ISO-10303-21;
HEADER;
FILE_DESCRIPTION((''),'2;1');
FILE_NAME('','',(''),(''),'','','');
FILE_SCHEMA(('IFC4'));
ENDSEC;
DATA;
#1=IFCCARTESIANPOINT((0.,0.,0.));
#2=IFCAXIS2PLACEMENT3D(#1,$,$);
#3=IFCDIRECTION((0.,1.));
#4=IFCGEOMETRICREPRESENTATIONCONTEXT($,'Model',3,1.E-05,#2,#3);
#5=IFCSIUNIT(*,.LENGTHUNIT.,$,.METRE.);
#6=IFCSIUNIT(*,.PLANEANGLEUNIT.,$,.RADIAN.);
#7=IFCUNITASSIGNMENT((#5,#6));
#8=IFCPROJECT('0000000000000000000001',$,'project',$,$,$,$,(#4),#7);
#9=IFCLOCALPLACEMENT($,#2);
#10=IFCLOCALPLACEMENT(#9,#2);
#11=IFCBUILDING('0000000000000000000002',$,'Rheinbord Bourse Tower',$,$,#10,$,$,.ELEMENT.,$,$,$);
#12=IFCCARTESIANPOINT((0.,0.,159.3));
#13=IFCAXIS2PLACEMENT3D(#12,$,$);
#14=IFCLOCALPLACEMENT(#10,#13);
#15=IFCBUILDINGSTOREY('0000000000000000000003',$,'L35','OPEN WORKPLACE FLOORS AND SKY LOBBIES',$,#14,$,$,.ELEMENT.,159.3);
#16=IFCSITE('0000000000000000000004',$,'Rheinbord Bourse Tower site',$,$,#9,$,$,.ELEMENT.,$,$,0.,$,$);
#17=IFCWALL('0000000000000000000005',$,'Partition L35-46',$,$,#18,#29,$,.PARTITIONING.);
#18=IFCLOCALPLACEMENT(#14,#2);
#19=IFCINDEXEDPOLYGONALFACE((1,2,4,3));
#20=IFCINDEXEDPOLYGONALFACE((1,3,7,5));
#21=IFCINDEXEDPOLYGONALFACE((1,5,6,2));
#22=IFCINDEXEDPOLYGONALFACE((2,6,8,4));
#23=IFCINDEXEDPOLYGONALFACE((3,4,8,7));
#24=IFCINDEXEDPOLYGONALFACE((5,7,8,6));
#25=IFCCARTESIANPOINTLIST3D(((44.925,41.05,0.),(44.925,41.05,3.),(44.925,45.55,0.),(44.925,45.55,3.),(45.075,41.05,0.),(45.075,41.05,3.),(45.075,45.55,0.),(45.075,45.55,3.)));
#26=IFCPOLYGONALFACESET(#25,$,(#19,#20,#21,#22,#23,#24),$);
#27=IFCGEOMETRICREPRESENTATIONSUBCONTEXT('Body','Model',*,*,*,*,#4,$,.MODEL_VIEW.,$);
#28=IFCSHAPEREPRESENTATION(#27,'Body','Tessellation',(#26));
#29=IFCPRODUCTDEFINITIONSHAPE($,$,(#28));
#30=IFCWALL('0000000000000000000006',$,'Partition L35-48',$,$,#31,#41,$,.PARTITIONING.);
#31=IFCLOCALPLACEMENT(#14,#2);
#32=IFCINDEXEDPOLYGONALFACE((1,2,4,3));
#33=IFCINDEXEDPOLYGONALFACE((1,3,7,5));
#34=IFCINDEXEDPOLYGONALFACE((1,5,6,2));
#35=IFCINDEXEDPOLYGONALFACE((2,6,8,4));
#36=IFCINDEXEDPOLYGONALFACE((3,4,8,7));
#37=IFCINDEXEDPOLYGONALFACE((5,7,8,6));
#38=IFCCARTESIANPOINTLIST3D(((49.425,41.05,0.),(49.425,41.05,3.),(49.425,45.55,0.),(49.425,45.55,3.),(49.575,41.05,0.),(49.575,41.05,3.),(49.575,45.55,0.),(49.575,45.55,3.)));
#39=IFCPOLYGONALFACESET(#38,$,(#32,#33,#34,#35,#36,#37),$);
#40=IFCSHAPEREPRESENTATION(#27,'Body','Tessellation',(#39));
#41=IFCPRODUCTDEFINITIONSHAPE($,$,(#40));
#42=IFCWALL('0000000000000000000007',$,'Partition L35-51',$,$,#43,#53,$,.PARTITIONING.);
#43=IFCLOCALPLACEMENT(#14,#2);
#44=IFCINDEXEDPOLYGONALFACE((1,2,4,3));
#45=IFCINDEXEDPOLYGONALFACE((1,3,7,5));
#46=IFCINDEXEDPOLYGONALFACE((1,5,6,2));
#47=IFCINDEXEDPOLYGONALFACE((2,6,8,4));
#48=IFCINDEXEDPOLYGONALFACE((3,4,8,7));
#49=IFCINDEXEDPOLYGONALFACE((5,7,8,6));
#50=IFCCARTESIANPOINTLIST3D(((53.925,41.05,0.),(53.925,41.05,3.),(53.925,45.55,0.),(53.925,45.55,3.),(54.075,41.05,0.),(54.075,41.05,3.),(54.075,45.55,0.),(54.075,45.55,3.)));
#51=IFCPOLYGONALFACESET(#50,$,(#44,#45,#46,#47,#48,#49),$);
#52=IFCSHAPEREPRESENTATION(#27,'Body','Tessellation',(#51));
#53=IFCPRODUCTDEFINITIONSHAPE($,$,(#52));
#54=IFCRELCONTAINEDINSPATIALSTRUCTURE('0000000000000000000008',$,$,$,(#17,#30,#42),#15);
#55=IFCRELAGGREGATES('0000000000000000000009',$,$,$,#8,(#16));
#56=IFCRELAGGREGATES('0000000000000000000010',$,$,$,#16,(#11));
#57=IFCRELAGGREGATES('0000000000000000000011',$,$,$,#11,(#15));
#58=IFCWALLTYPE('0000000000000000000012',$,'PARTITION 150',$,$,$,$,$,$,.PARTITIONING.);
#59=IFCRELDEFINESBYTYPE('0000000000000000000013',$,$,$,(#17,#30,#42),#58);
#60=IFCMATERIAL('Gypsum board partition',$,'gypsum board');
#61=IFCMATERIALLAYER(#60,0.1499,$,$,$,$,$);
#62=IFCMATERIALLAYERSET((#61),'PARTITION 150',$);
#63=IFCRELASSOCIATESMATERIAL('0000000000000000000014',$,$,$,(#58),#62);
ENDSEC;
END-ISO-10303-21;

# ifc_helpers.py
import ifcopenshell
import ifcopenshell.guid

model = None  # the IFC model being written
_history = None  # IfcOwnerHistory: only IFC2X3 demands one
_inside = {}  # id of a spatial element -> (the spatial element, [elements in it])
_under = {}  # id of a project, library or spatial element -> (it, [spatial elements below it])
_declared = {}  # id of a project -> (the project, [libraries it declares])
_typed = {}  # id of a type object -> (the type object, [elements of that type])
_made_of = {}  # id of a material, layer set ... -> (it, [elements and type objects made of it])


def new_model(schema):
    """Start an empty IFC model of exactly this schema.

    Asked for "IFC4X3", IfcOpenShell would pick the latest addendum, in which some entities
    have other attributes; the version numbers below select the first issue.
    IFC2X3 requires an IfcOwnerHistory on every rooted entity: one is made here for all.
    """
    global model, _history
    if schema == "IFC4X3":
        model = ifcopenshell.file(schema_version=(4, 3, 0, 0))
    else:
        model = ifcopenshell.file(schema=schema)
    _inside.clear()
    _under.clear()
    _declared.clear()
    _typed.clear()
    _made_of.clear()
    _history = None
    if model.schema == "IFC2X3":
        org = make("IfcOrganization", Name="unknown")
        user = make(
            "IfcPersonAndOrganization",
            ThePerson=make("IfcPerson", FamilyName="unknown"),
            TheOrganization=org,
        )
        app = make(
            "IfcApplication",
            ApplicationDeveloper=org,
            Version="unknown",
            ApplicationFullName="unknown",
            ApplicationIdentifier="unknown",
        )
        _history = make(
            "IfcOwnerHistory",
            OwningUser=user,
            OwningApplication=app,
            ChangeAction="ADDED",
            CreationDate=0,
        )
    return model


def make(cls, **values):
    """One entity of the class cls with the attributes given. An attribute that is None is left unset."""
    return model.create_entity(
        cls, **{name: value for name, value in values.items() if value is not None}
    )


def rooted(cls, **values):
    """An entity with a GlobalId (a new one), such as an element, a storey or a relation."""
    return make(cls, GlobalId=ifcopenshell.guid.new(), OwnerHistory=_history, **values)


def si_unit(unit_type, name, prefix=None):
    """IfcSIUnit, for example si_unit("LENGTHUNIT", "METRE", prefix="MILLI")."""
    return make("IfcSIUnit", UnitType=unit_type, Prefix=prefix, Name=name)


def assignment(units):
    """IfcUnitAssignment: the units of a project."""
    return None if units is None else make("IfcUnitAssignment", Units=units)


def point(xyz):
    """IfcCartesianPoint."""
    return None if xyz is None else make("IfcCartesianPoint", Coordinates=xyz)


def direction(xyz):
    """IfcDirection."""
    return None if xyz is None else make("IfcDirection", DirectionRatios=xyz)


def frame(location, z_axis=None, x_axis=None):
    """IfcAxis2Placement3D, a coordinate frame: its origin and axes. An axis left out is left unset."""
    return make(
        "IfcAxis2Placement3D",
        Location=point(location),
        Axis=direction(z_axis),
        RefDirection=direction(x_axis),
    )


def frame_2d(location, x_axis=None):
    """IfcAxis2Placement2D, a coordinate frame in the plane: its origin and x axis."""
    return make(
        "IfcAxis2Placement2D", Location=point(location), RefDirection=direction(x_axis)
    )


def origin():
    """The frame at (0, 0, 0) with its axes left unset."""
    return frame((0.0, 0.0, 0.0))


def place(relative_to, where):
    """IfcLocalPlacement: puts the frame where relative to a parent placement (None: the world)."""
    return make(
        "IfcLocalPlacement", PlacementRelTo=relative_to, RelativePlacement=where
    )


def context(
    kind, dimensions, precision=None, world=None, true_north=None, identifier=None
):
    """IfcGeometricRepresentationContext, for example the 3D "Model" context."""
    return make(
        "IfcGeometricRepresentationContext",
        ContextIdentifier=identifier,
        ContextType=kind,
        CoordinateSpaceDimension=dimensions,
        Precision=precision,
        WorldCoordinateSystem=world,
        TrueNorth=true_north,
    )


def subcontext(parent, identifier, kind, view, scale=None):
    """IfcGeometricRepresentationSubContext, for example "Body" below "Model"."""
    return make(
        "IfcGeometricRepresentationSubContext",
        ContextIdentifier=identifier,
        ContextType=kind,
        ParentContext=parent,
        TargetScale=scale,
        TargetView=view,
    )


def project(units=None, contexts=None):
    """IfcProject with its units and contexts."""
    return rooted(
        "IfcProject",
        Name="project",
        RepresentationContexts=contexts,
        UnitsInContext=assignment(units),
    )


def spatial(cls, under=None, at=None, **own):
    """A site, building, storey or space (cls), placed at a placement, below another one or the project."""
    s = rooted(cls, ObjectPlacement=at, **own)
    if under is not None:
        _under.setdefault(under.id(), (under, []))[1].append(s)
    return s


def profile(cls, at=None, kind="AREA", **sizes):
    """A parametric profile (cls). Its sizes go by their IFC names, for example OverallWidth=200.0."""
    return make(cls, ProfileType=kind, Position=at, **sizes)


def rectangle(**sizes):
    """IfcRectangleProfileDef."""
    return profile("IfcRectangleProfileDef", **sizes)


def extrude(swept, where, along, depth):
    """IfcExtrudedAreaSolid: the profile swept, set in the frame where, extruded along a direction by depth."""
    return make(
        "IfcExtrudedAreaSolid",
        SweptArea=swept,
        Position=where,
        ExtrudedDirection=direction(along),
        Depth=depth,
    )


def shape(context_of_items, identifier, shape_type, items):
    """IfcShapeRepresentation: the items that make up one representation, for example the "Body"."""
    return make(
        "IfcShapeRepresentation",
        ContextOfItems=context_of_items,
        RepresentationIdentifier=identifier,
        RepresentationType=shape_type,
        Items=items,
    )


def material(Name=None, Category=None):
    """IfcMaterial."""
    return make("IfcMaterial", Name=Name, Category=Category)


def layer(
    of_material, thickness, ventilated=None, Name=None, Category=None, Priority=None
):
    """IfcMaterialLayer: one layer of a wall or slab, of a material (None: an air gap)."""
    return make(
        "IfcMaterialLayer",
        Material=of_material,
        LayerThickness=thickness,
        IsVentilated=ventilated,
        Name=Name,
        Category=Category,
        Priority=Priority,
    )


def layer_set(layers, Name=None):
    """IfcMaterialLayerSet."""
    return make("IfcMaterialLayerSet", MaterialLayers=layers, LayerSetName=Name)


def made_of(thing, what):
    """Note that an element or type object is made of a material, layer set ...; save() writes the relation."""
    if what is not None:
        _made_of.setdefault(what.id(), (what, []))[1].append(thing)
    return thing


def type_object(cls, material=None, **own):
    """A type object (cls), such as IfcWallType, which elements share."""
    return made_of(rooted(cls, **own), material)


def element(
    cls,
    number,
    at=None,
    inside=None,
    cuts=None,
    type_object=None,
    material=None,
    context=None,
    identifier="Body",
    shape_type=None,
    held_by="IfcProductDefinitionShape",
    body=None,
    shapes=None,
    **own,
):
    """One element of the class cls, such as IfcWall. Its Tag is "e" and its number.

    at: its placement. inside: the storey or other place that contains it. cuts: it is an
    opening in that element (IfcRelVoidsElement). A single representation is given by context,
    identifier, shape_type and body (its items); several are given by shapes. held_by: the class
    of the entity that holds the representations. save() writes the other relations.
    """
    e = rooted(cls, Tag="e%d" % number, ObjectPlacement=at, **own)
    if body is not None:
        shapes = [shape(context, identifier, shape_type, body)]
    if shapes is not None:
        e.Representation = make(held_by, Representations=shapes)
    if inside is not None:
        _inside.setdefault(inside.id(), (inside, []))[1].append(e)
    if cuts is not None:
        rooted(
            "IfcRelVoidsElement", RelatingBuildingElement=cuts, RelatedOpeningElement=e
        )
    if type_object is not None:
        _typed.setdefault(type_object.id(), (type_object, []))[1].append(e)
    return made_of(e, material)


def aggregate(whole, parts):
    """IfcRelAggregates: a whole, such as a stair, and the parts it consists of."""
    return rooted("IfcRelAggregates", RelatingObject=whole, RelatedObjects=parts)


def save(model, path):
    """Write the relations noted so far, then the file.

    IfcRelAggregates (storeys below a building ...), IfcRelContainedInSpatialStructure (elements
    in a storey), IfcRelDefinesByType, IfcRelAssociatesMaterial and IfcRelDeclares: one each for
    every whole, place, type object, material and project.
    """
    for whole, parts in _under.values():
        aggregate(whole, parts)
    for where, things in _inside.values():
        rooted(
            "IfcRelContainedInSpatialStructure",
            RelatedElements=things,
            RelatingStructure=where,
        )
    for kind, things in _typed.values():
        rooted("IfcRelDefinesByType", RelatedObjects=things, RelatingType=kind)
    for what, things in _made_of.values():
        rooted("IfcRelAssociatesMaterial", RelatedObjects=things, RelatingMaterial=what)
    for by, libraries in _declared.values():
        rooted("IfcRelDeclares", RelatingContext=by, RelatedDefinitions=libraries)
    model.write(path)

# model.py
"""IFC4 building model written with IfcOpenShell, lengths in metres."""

from ifc_helpers import new_model, si_unit, direction, frame, frame_2d, origin, place, context, subcontext, project, spatial, rectangle, extrude, material, layer, layer_set, type_object, element, save


model = new_model("IFC4")

# Units and contexts
model_context = context("Model", 3, precision=1e-05, world=origin(), true_north=direction((0.0, 1.0)))
body_context = subcontext(model_context, "Body", "Model", "MODEL_VIEW")
ifc_project = project(units=[si_unit("LENGTHUNIT", "METRE"), si_unit("PLANEANGLEUNIT", "RADIAN")], contexts=[model_context])

# Site, building, storey
site_placement = place(None, origin())
site = spatial("IfcSite", under=ifc_project, at=site_placement, Name="Rheinbord Bourse Tower site", CompositionType="ELEMENT", RefElevation=0.0)
building_placement = place(site_placement, origin())
building = spatial("IfcBuilding", under=site, at=building_placement, Name="Rheinbord Bourse Tower", CompositionType="ELEMENT")
storey_placement = place(building_placement, frame((0.0, 0.0, 159.3)))
storey = spatial("IfcBuildingStorey", under=building, at=storey_placement, Name="L35", Description="OPEN WORKPLACE FLOORS AND SKY LOBBIES", CompositionType="ELEMENT", Elevation=159.3)

# Walls
ifc_material_1 = material(Name="Gypsum board partition", Category="gypsum board")
ifc_layer_1 = layer(ifc_material_1, 0.1499)
ifc_layer_set_1 = layer_set([ifc_layer_1], Name="PARTITION 150")
wall_type = type_object("IfcWallType", Name="PARTITION 150", PredefinedType="PARTITIONING", material=ifc_layer_set_1)
for number, where, z_axis, x_axis, name in (
    (1, (45.0, 41.05, 0.0), (0.0, 0.0, 1.0), (0.0, 1.0, 0.0), "Partition L35-46"),
    (2, (49.5, 41.05, 0.0), (0.0, 0.0, 1.0), (0.0, 1.0, 0.0), "Partition L35-48"),
    (3, (54.0, 41.05, 0.0), (0.0, 0.0, 1.0), (0.0, 1.0, 0.0), "Partition L35-51"),
):
    element("IfcWall", number, at=place(storey_placement, frame(where, z_axis=z_axis, x_axis=x_axis)), inside=storey, type_object=wall_type, Name=name, PredefinedType="PARTITIONING", context=body_context, shape_type="SweptSolid", body=[
        extrude(rectangle(XDim=4.5, YDim=0.1499, at=frame_2d((2.25, 0.0))), origin(), (0.0, 0.0, 1.0), 3.0),
    ])

save(model, "model.ifc")
